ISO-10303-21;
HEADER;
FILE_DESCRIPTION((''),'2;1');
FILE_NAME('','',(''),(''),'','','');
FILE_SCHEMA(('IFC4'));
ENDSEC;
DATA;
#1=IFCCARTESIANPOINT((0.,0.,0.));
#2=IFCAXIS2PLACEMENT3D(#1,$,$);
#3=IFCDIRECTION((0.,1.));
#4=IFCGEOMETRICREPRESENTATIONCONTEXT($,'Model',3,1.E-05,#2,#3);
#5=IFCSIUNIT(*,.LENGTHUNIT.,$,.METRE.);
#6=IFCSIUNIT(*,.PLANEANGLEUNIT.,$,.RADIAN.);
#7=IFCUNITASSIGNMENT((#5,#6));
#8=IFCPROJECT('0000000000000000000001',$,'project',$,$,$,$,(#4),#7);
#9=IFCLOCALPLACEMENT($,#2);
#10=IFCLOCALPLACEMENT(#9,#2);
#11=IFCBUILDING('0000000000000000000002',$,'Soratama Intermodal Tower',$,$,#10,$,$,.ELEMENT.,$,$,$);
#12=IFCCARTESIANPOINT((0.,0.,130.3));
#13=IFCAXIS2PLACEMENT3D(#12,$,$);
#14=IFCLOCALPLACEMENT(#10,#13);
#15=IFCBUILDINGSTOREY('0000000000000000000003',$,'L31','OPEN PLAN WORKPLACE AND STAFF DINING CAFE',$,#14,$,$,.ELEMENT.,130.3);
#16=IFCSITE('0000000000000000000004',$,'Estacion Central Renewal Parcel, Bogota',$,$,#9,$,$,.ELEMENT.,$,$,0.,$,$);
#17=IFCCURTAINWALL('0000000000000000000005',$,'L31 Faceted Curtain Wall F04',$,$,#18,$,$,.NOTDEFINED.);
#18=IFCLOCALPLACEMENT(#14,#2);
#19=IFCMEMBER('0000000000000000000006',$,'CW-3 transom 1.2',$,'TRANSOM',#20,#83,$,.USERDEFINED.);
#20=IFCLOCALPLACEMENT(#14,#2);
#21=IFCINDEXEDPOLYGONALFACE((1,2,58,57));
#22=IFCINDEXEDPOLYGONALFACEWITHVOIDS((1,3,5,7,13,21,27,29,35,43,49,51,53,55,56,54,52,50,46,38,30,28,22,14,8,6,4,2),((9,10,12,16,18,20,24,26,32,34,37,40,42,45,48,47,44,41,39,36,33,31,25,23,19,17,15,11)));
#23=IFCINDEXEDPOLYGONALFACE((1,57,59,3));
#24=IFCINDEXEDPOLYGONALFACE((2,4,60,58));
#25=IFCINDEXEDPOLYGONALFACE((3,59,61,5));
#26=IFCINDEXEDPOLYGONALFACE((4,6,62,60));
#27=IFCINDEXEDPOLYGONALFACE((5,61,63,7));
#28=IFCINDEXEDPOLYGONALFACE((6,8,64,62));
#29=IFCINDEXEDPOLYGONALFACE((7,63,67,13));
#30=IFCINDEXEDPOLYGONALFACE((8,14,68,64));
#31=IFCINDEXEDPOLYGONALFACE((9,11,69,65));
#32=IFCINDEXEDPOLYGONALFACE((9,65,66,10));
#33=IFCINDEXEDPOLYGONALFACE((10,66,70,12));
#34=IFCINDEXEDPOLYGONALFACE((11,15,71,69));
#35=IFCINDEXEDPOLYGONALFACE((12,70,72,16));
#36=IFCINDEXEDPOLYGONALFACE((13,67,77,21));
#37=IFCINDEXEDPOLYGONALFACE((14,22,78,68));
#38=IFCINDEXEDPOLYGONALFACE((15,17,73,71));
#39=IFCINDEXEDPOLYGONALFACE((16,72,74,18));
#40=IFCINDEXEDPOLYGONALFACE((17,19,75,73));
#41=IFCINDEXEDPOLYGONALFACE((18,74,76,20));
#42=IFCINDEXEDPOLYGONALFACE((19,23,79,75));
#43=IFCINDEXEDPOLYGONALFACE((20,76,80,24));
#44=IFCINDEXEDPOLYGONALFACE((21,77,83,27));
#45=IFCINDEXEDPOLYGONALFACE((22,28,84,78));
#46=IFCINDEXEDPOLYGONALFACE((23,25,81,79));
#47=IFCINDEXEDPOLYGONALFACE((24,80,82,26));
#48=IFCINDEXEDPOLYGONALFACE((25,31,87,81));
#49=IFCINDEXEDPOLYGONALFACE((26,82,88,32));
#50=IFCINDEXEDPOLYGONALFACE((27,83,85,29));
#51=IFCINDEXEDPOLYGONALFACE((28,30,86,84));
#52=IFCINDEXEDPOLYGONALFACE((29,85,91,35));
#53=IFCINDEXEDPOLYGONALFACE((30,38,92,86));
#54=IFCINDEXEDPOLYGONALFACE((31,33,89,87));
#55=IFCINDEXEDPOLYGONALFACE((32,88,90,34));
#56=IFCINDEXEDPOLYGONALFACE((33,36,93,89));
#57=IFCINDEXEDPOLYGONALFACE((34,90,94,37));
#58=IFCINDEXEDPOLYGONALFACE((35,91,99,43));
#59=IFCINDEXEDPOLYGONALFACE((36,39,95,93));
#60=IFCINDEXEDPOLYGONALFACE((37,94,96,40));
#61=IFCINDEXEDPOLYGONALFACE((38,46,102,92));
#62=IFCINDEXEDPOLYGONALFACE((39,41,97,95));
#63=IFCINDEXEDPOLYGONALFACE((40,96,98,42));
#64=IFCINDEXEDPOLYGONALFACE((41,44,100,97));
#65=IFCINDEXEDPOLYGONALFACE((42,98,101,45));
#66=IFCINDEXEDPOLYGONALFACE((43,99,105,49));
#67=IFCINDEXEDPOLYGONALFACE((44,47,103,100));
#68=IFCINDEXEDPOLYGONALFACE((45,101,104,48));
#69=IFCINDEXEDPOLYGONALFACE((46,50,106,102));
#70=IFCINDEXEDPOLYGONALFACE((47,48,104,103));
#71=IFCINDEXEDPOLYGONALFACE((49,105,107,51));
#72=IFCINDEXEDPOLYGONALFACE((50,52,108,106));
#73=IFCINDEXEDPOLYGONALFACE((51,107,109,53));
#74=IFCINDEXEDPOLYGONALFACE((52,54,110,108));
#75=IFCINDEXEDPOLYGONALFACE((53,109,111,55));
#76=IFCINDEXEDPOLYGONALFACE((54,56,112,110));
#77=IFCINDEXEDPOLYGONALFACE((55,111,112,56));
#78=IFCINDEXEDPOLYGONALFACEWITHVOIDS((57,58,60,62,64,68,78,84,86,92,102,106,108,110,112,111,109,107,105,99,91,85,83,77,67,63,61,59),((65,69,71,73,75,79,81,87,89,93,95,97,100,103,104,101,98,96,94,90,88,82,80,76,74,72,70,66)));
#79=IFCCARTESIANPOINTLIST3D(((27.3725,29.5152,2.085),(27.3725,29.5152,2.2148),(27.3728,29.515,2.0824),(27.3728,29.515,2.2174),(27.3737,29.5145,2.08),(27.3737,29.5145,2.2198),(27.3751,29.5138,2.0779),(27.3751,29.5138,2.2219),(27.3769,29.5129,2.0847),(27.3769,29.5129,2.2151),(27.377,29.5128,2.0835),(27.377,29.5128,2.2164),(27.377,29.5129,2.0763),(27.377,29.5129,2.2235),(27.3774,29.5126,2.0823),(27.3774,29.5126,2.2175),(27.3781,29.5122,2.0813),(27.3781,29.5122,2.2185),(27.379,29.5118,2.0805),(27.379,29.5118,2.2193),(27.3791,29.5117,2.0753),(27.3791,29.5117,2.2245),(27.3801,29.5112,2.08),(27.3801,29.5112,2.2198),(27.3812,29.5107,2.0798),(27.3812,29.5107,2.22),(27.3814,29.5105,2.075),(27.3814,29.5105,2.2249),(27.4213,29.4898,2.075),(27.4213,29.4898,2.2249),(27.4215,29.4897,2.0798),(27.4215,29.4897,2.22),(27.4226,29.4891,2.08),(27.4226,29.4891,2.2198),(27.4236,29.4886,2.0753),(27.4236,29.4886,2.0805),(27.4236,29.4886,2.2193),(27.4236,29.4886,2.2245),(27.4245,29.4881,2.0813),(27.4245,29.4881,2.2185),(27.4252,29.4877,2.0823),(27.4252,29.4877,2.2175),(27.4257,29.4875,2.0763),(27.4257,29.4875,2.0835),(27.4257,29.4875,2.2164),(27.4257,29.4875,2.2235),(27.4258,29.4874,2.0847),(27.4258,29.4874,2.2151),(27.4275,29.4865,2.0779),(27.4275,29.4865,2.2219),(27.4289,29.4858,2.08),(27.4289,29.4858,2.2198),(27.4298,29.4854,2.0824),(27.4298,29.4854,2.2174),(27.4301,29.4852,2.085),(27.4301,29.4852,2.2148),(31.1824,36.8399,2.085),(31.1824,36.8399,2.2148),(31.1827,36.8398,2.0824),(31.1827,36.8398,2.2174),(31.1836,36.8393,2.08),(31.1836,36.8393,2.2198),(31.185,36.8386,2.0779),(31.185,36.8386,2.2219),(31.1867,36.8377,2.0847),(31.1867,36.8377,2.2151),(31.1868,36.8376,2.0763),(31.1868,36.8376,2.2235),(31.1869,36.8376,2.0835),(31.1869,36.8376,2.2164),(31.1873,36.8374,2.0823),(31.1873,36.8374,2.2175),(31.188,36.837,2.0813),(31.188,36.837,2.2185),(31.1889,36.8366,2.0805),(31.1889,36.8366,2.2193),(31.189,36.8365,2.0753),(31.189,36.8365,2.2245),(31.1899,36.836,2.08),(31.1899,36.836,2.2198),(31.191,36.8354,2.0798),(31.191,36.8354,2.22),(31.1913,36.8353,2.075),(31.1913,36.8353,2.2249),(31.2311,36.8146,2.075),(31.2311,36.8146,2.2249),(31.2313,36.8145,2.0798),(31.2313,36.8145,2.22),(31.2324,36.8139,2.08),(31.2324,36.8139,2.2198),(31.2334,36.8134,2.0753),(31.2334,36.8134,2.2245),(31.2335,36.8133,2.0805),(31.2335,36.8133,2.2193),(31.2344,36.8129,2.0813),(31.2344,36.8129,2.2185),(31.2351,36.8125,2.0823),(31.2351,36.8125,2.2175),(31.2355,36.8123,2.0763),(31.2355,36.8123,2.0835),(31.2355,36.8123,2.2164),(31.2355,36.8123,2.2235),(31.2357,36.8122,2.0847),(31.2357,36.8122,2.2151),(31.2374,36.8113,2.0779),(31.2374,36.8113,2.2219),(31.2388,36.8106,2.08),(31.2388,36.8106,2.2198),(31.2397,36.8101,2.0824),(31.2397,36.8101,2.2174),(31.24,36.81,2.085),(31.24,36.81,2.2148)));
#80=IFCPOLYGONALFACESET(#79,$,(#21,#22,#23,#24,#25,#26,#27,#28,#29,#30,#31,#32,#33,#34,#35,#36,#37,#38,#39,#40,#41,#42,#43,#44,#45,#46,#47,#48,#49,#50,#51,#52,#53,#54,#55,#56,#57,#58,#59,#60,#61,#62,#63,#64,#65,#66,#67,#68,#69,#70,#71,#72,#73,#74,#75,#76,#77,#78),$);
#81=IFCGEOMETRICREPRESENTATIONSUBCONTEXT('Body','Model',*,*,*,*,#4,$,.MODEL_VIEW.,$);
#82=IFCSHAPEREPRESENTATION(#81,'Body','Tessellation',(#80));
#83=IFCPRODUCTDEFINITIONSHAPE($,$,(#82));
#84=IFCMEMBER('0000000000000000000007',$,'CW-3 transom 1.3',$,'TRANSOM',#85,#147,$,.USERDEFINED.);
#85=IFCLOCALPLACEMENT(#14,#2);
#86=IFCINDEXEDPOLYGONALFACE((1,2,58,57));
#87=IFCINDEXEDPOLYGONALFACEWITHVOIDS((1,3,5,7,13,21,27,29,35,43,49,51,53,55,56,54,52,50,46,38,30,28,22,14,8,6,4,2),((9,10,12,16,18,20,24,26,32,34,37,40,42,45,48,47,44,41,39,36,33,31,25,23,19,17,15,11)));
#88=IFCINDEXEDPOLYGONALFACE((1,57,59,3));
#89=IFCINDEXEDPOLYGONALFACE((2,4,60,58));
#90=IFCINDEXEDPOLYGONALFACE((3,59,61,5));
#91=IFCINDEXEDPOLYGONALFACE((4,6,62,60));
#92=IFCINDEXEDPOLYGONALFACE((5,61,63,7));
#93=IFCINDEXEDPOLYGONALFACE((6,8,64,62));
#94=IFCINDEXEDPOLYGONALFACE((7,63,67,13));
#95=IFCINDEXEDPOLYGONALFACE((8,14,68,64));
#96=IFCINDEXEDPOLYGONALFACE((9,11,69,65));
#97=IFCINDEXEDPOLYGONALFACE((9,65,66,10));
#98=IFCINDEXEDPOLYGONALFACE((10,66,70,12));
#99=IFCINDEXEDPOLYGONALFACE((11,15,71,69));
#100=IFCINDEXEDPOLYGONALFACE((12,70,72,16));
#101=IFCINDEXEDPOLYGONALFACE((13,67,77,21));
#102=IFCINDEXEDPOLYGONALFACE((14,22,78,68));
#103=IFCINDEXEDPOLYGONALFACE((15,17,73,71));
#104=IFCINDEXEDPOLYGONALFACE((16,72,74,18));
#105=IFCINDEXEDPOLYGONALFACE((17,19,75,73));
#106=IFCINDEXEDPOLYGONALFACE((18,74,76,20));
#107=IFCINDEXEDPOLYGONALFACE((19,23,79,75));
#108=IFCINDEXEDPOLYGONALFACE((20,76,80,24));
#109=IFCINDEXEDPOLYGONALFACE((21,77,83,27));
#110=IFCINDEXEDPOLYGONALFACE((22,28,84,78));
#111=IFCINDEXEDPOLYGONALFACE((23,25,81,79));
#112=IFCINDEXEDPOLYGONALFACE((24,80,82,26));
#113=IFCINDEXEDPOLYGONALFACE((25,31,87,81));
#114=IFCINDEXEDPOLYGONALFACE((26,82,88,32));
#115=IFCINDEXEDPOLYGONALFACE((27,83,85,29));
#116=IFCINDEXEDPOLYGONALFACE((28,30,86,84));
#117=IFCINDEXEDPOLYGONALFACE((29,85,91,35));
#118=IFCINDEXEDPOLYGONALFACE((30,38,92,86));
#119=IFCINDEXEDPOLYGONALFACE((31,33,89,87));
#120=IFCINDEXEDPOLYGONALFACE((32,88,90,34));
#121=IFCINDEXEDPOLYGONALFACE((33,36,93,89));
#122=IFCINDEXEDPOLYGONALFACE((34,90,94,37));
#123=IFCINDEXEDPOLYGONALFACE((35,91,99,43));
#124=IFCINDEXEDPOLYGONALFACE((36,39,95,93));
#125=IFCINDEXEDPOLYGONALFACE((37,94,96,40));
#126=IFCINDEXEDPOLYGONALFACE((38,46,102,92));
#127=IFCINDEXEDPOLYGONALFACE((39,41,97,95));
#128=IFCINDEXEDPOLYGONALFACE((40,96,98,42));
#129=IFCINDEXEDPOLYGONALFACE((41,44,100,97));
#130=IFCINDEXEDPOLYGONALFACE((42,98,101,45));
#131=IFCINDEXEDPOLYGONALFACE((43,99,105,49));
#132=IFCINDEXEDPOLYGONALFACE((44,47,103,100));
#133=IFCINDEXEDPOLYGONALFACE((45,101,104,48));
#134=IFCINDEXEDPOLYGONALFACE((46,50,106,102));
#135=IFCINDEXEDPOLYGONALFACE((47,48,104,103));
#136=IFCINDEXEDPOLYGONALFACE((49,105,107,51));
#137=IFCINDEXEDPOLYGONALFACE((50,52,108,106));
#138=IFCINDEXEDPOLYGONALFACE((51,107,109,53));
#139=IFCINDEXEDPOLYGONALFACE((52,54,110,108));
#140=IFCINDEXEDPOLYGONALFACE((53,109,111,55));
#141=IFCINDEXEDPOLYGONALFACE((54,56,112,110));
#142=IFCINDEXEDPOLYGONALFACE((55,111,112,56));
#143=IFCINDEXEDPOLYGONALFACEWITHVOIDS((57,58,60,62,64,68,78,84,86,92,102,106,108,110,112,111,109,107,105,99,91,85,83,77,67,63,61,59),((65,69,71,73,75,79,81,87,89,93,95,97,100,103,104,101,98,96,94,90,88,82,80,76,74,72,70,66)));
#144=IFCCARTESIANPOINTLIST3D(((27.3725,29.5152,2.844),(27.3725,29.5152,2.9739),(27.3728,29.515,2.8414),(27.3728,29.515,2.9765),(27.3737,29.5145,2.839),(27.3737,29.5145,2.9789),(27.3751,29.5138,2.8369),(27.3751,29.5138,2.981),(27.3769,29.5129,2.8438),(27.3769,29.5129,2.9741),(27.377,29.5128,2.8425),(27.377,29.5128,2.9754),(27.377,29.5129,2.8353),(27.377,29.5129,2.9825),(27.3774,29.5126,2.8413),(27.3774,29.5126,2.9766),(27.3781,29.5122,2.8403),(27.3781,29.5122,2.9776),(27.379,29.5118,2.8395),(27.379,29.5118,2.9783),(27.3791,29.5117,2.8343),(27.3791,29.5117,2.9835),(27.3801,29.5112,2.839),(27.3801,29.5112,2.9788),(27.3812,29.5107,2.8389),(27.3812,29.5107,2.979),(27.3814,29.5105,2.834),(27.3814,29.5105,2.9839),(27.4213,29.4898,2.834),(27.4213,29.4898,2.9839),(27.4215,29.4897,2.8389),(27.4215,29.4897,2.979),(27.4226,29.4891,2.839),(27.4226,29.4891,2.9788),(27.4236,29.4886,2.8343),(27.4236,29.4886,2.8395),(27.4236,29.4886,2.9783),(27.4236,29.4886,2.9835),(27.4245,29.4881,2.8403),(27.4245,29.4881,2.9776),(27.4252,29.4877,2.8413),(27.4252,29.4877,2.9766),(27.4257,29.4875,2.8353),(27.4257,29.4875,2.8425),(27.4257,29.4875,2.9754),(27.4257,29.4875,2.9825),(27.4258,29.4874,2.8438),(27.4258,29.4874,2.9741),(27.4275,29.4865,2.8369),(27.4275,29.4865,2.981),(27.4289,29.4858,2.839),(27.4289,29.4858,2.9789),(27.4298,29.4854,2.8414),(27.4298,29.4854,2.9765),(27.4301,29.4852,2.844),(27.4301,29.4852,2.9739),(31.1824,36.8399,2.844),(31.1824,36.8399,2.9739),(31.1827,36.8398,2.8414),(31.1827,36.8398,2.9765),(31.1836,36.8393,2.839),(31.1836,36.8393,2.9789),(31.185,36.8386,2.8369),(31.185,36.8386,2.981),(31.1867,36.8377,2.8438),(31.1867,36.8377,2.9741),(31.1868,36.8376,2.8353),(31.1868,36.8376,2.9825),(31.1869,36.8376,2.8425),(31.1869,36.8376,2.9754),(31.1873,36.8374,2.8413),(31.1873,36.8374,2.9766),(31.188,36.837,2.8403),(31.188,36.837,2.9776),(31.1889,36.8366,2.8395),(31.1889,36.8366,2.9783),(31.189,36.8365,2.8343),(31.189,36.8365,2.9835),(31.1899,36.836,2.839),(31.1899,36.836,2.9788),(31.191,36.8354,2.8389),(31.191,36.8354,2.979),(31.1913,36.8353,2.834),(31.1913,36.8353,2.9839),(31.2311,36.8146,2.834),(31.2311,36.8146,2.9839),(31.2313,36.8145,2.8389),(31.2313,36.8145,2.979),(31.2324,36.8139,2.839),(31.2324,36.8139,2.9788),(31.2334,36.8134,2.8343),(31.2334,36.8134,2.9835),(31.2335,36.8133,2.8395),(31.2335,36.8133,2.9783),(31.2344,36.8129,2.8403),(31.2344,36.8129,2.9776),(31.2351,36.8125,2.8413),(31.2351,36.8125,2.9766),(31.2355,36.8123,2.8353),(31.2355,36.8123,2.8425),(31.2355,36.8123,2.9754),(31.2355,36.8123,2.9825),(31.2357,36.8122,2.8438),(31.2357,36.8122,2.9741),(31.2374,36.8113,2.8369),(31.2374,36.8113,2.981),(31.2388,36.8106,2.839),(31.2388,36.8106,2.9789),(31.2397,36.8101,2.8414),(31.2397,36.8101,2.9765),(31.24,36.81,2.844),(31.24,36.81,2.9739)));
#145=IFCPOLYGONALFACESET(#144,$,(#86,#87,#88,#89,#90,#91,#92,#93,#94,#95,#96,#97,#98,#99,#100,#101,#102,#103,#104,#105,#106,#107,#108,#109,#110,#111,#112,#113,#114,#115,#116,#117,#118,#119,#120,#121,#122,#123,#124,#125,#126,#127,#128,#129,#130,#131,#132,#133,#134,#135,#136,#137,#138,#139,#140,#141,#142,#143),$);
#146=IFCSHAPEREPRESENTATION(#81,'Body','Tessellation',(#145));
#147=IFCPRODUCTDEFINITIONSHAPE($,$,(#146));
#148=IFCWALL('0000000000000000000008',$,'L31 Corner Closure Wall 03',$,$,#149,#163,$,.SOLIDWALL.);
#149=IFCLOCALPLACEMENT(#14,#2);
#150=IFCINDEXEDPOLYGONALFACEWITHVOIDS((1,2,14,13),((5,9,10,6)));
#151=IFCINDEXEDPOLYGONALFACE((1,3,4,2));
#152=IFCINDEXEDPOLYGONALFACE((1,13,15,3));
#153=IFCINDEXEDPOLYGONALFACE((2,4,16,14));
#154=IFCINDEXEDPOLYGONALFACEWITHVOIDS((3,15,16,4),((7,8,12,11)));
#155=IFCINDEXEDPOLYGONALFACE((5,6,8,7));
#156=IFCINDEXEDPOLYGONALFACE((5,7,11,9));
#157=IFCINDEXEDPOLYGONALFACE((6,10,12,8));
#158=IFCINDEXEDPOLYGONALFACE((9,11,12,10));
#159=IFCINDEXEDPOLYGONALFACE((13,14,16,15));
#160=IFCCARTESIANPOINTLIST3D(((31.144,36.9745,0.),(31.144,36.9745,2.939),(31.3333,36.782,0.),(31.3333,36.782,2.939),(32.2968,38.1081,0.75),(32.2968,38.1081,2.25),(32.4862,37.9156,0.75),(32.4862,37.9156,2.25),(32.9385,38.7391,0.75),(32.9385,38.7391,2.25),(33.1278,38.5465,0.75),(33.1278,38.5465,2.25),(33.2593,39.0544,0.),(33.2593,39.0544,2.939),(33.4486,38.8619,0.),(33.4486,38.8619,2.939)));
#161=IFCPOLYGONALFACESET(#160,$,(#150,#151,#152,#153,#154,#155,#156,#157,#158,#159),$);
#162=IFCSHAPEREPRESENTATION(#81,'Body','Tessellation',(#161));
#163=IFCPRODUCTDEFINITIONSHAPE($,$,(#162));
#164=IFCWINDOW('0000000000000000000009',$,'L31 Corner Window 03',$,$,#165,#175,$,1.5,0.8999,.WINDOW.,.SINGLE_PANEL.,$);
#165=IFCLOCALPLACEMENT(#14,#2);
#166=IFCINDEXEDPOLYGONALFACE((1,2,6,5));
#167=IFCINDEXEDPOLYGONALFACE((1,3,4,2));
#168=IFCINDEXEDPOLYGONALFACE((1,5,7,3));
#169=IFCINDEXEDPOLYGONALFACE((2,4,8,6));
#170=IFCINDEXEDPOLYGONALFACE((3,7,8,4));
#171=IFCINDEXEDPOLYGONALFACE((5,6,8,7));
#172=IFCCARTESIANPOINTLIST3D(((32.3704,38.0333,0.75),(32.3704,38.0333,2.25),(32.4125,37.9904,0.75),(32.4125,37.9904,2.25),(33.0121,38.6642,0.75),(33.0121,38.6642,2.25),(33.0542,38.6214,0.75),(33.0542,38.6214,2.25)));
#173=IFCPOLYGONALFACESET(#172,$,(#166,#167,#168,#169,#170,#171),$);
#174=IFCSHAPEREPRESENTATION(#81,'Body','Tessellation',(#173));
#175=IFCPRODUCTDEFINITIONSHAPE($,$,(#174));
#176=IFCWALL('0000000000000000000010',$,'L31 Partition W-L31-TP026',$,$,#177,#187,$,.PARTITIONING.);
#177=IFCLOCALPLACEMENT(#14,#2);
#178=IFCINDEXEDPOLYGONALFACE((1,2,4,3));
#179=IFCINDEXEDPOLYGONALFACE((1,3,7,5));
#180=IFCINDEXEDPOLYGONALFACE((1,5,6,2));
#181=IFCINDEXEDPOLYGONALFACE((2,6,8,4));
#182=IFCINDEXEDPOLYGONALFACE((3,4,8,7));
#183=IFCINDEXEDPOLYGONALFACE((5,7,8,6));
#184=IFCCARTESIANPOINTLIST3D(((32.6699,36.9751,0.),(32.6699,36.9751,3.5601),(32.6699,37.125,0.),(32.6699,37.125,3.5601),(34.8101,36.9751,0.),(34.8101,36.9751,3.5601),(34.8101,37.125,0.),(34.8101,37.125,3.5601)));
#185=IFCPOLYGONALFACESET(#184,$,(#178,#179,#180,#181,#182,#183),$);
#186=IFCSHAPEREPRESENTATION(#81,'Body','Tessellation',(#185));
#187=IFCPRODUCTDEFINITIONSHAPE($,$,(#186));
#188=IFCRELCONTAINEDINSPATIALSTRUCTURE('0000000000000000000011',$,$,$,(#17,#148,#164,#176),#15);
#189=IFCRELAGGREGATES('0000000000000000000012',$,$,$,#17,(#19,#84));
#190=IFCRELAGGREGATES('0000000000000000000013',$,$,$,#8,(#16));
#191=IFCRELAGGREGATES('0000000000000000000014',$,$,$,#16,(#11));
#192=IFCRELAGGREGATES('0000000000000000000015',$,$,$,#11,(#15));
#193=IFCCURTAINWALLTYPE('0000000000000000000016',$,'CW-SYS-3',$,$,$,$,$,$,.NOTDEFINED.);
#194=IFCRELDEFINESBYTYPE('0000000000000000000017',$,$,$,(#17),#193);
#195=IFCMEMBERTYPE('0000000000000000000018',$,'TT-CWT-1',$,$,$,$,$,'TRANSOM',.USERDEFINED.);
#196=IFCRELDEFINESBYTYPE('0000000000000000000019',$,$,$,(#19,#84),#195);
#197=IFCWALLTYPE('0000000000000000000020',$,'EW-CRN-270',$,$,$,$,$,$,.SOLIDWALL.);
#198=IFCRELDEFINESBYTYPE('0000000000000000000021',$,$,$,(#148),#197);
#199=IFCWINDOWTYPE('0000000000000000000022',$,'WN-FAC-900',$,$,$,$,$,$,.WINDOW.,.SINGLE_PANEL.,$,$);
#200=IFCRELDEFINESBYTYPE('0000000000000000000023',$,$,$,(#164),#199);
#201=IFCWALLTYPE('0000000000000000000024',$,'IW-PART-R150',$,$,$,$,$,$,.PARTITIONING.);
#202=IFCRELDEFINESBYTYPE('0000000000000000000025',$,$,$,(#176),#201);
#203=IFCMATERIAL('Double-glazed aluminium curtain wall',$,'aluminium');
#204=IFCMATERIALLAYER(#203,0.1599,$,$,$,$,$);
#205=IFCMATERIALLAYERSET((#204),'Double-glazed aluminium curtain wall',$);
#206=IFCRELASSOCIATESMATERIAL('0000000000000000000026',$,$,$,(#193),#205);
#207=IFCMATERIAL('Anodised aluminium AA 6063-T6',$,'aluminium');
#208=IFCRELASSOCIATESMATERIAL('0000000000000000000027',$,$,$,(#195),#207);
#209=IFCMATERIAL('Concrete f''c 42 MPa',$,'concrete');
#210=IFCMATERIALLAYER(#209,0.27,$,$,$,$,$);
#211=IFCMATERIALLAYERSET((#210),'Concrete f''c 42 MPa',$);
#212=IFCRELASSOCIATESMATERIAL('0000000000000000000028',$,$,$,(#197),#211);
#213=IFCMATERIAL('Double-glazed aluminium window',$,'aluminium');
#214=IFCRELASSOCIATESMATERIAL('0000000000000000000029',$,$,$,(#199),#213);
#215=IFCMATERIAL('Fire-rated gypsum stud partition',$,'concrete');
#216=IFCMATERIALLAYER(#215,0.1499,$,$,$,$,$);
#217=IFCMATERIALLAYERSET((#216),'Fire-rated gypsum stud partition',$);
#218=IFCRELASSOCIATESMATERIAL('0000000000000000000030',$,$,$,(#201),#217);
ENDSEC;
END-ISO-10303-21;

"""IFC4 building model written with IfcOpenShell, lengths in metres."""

from ifc_helpers import new_model, si_unit, direction, frame, frame_2d, origin, origin_2d, place, context, subcontext, project, spatial, rectangle, hollow_rectangle, extrude, material, layer, layer_set, material_profile, profile_set, type_object, element, fill, aggregate, save


model = new_model("IFC4")

# Units and contexts
model_context = context("Model", 3, precision=1e-05, world=origin(), true_north=direction((0.0, 1.0)))
body_context = subcontext(model_context, "Body", "Model", "MODEL_VIEW")
ifc_project = project(units=[si_unit("LENGTHUNIT", "METRE"), si_unit("PLANEANGLEUNIT", "RADIAN")], contexts=[model_context])

# Site, building, storey
site_placement = place(None, origin())
site = spatial("IfcSite", under=ifc_project, at=site_placement, Name="Estacion Central Renewal Parcel, Bogota", CompositionType="ELEMENT", RefElevation=0.0)
building_placement = place(site_placement, origin())
building = spatial("IfcBuilding", under=site, at=building_placement, Name="Soratama Intermodal Tower", CompositionType="ELEMENT")
storey_placement = place(building_placement, frame((0.0, 0.0, 130.3)))
storey = spatial("IfcBuildingStorey", under=building, at=storey_placement, Name="L31", Description="OPEN PLAN WORKPLACE AND STAFF DINING CAFE", CompositionType="ELEMENT", Elevation=130.3)

# Shared definitions
ifc_material_1 = material(Name="Double-glazed aluminium curtain wall", Category="aluminium")
ifc_layer_1 = layer(ifc_material_1, 0.1599)
ifc_layer_set_1 = layer_set([ifc_layer_1], Name="Double-glazed aluminium curtain wall")
curtain_wall_type = type_object("IfcCurtainWallType", Name="CW-SYS-3", PredefinedType="NOTDEFINED", material=ifc_layer_set_1)

# Curtain wall, members
curtain_wall_1_placement = place(storey_placement, origin())
curtain_wall_1 = element("IfcCurtainWall", 1, at=curtain_wall_1_placement, inside=storey, type_object=curtain_wall_type, Name="L31 Faceted Curtain Wall F04", PredefinedType="NOTDEFINED")
ifc_material_2 = material(Name="Anodised aluminium AA 6063-T6", Category="aluminium")
ifc_material_profile_1 = material_profile(ifc_material_2, hollow_rectangle(XDim=0.0649, YDim=0.1499, WallThickness=0.0049, InnerFilletRadius=0.0049, OuterFilletRadius=0.01, at=origin_2d()), Name="CWT150X65X5")
ifc_profile_set_1 = profile_set([ifc_material_profile_1], Name="Anodised aluminium AA 6063-T6")
member_type_1 = type_object("IfcMemberType", Name="TT-CWT-1", ElementType="TRANSOM", PredefinedType="USERDEFINED", material=ifc_profile_set_1)
member_1_placement = place(storey_placement, frame((31.2112, 36.825, 2.1499), z_axis=(-0.461445, -0.887169, 0.0), x_axis=(0.887169, -0.461445, 0.0)))
member_1 = element("IfcMember", 2, at=member_1_placement, type_object=member_type_1, Name="CW-3 transom 1.2", ObjectType="TRANSOM", PredefinedType="USERDEFINED", context=body_context, shape_type="SweptSolid", body=[
    extrude(hollow_rectangle(XDim=0.0649, YDim=0.1499, WallThickness=0.0049, InnerFilletRadius=0.0049, OuterFilletRadius=0.01, at=origin_2d()), origin(), (0.0, 0.0, 1.0), 8.2563),
])
member_2_placement = place(storey_placement, frame((31.2112, 36.825, 2.9089), z_axis=(-0.461445, -0.887169, 0.0), x_axis=(0.887169, -0.461445, 0.0)))
member_2 = element("IfcMember", 3, at=member_2_placement, type_object=member_type_1, Name="CW-3 transom 1.3", ObjectType="TRANSOM", PredefinedType="USERDEFINED", context=body_context, shape_type="SweptSolid", body=[
    extrude(hollow_rectangle(XDim=0.0649, YDim=0.1499, WallThickness=0.0049, InnerFilletRadius=0.0049, OuterFilletRadius=0.01, at=origin_2d()), origin(), (0.0, 0.0, 1.0), 8.2563),
])
aggregate(curtain_wall_1, [member_1, member_2])

# Wall, opening, window
ifc_material_3 = material(Name="Concrete f'c 42 MPa", Category="concrete")
ifc_layer_2 = layer(ifc_material_3, 0.27)
ifc_layer_set_2 = layer_set([ifc_layer_2], Name="Concrete f'c 42 MPa")
wall_type_1 = type_object("IfcWallType", Name="EW-CRN-270", PredefinedType="SOLIDWALL", material=ifc_layer_set_2)
wall_1_placement = place(storey_placement, frame((33.354, 38.9583, 0.0), z_axis=(0.0, 0.0, 1.0), x_axis=(-0.713048, -0.701115, 0.0)))
wall_1 = element("IfcWall", 4, at=wall_1_placement, inside=storey, type_object=wall_type_1, Name="L31 Corner Closure Wall 03", PredefinedType="SOLIDWALL", context=body_context, shape_type="SweptSolid", body=[
    extrude(rectangle(XDim=2.9666, YDim=0.27, at=frame_2d((1.4834, 0.0))), origin(), (0.0, 0.0, 1.0), 2.939),
])
opening_1_placement = place(wall_1_placement, frame((0.45, 0.0, 0.75)))
opening_1 = element("IfcOpeningElement", 5, at=opening_1_placement, cuts=wall_1, PredefinedType="OPENING", context=body_context, shape_type="SweptSolid", body=[
    extrude(rectangle(XDim=0.8999, YDim=1.5, at=frame_2d((0.45, 0.75))), frame((0.0, 0.145, 0.0), z_axis=(0.0, -1.0, 0.0), x_axis=(1.0, 0.0, 0.0)), (0.0, 0.0, 1.0), 0.29),
])
ifc_material_4 = material(Name="Double-glazed aluminium window", Category="aluminium")
window_type = type_object("IfcWindowType", Name="WN-FAC-900", PartitioningType="SINGLE_PANEL", PredefinedType="WINDOW", material=ifc_material_4)
window_placement = place(opening_1_placement, origin())
window = element("IfcWindow", 6, at=window_placement, inside=storey, type_object=window_type, Name="L31 Corner Window 03", OverallHeight=1.5, OverallWidth=0.8999, PartitioningType="SINGLE_PANEL", PredefinedType="WINDOW", context=body_context, shape_type="SweptSolid", body=[
    extrude(rectangle(XDim=0.8999, YDim=1.5, at=frame_2d((0.45, 0.75))), frame((0.0, 0.03, 0.0), z_axis=(0.0, -1.0, 0.0), x_axis=(1.0, 0.0, 0.0)), (0.0, 0.0, 1.0), 0.0601),
])
fill(opening_1, window)

# Wall
ifc_material_5 = material(Name="Fire-rated gypsum stud partition", Category="concrete")
ifc_layer_3 = layer(ifc_material_5, 0.1499)
ifc_layer_set_3 = layer_set([ifc_layer_3], Name="Fire-rated gypsum stud partition")
wall_type_2 = type_object("IfcWallType", Name="IW-PART-R150", PredefinedType="PARTITIONING", material=ifc_layer_set_3)
wall_2_placement = place(storey_placement, frame((32.6699, 37.05, 0.0), z_axis=(0.0, 0.0, 1.0), x_axis=(1.0, 0.0, 0.0)))
element("IfcWall", 7, at=wall_2_placement, inside=storey, type_object=wall_type_2, Name="L31 Partition W-L31-TP026", PredefinedType="PARTITIONING", context=body_context, shape_type="SweptSolid", body=[
    extrude(rectangle(XDim=2.1401, YDim=0.1499, at=frame_2d((1.0701, 0.0))), origin(), (0.0, 0.0, 1.0), 3.5601),
])

save(model, "model.ifc")
